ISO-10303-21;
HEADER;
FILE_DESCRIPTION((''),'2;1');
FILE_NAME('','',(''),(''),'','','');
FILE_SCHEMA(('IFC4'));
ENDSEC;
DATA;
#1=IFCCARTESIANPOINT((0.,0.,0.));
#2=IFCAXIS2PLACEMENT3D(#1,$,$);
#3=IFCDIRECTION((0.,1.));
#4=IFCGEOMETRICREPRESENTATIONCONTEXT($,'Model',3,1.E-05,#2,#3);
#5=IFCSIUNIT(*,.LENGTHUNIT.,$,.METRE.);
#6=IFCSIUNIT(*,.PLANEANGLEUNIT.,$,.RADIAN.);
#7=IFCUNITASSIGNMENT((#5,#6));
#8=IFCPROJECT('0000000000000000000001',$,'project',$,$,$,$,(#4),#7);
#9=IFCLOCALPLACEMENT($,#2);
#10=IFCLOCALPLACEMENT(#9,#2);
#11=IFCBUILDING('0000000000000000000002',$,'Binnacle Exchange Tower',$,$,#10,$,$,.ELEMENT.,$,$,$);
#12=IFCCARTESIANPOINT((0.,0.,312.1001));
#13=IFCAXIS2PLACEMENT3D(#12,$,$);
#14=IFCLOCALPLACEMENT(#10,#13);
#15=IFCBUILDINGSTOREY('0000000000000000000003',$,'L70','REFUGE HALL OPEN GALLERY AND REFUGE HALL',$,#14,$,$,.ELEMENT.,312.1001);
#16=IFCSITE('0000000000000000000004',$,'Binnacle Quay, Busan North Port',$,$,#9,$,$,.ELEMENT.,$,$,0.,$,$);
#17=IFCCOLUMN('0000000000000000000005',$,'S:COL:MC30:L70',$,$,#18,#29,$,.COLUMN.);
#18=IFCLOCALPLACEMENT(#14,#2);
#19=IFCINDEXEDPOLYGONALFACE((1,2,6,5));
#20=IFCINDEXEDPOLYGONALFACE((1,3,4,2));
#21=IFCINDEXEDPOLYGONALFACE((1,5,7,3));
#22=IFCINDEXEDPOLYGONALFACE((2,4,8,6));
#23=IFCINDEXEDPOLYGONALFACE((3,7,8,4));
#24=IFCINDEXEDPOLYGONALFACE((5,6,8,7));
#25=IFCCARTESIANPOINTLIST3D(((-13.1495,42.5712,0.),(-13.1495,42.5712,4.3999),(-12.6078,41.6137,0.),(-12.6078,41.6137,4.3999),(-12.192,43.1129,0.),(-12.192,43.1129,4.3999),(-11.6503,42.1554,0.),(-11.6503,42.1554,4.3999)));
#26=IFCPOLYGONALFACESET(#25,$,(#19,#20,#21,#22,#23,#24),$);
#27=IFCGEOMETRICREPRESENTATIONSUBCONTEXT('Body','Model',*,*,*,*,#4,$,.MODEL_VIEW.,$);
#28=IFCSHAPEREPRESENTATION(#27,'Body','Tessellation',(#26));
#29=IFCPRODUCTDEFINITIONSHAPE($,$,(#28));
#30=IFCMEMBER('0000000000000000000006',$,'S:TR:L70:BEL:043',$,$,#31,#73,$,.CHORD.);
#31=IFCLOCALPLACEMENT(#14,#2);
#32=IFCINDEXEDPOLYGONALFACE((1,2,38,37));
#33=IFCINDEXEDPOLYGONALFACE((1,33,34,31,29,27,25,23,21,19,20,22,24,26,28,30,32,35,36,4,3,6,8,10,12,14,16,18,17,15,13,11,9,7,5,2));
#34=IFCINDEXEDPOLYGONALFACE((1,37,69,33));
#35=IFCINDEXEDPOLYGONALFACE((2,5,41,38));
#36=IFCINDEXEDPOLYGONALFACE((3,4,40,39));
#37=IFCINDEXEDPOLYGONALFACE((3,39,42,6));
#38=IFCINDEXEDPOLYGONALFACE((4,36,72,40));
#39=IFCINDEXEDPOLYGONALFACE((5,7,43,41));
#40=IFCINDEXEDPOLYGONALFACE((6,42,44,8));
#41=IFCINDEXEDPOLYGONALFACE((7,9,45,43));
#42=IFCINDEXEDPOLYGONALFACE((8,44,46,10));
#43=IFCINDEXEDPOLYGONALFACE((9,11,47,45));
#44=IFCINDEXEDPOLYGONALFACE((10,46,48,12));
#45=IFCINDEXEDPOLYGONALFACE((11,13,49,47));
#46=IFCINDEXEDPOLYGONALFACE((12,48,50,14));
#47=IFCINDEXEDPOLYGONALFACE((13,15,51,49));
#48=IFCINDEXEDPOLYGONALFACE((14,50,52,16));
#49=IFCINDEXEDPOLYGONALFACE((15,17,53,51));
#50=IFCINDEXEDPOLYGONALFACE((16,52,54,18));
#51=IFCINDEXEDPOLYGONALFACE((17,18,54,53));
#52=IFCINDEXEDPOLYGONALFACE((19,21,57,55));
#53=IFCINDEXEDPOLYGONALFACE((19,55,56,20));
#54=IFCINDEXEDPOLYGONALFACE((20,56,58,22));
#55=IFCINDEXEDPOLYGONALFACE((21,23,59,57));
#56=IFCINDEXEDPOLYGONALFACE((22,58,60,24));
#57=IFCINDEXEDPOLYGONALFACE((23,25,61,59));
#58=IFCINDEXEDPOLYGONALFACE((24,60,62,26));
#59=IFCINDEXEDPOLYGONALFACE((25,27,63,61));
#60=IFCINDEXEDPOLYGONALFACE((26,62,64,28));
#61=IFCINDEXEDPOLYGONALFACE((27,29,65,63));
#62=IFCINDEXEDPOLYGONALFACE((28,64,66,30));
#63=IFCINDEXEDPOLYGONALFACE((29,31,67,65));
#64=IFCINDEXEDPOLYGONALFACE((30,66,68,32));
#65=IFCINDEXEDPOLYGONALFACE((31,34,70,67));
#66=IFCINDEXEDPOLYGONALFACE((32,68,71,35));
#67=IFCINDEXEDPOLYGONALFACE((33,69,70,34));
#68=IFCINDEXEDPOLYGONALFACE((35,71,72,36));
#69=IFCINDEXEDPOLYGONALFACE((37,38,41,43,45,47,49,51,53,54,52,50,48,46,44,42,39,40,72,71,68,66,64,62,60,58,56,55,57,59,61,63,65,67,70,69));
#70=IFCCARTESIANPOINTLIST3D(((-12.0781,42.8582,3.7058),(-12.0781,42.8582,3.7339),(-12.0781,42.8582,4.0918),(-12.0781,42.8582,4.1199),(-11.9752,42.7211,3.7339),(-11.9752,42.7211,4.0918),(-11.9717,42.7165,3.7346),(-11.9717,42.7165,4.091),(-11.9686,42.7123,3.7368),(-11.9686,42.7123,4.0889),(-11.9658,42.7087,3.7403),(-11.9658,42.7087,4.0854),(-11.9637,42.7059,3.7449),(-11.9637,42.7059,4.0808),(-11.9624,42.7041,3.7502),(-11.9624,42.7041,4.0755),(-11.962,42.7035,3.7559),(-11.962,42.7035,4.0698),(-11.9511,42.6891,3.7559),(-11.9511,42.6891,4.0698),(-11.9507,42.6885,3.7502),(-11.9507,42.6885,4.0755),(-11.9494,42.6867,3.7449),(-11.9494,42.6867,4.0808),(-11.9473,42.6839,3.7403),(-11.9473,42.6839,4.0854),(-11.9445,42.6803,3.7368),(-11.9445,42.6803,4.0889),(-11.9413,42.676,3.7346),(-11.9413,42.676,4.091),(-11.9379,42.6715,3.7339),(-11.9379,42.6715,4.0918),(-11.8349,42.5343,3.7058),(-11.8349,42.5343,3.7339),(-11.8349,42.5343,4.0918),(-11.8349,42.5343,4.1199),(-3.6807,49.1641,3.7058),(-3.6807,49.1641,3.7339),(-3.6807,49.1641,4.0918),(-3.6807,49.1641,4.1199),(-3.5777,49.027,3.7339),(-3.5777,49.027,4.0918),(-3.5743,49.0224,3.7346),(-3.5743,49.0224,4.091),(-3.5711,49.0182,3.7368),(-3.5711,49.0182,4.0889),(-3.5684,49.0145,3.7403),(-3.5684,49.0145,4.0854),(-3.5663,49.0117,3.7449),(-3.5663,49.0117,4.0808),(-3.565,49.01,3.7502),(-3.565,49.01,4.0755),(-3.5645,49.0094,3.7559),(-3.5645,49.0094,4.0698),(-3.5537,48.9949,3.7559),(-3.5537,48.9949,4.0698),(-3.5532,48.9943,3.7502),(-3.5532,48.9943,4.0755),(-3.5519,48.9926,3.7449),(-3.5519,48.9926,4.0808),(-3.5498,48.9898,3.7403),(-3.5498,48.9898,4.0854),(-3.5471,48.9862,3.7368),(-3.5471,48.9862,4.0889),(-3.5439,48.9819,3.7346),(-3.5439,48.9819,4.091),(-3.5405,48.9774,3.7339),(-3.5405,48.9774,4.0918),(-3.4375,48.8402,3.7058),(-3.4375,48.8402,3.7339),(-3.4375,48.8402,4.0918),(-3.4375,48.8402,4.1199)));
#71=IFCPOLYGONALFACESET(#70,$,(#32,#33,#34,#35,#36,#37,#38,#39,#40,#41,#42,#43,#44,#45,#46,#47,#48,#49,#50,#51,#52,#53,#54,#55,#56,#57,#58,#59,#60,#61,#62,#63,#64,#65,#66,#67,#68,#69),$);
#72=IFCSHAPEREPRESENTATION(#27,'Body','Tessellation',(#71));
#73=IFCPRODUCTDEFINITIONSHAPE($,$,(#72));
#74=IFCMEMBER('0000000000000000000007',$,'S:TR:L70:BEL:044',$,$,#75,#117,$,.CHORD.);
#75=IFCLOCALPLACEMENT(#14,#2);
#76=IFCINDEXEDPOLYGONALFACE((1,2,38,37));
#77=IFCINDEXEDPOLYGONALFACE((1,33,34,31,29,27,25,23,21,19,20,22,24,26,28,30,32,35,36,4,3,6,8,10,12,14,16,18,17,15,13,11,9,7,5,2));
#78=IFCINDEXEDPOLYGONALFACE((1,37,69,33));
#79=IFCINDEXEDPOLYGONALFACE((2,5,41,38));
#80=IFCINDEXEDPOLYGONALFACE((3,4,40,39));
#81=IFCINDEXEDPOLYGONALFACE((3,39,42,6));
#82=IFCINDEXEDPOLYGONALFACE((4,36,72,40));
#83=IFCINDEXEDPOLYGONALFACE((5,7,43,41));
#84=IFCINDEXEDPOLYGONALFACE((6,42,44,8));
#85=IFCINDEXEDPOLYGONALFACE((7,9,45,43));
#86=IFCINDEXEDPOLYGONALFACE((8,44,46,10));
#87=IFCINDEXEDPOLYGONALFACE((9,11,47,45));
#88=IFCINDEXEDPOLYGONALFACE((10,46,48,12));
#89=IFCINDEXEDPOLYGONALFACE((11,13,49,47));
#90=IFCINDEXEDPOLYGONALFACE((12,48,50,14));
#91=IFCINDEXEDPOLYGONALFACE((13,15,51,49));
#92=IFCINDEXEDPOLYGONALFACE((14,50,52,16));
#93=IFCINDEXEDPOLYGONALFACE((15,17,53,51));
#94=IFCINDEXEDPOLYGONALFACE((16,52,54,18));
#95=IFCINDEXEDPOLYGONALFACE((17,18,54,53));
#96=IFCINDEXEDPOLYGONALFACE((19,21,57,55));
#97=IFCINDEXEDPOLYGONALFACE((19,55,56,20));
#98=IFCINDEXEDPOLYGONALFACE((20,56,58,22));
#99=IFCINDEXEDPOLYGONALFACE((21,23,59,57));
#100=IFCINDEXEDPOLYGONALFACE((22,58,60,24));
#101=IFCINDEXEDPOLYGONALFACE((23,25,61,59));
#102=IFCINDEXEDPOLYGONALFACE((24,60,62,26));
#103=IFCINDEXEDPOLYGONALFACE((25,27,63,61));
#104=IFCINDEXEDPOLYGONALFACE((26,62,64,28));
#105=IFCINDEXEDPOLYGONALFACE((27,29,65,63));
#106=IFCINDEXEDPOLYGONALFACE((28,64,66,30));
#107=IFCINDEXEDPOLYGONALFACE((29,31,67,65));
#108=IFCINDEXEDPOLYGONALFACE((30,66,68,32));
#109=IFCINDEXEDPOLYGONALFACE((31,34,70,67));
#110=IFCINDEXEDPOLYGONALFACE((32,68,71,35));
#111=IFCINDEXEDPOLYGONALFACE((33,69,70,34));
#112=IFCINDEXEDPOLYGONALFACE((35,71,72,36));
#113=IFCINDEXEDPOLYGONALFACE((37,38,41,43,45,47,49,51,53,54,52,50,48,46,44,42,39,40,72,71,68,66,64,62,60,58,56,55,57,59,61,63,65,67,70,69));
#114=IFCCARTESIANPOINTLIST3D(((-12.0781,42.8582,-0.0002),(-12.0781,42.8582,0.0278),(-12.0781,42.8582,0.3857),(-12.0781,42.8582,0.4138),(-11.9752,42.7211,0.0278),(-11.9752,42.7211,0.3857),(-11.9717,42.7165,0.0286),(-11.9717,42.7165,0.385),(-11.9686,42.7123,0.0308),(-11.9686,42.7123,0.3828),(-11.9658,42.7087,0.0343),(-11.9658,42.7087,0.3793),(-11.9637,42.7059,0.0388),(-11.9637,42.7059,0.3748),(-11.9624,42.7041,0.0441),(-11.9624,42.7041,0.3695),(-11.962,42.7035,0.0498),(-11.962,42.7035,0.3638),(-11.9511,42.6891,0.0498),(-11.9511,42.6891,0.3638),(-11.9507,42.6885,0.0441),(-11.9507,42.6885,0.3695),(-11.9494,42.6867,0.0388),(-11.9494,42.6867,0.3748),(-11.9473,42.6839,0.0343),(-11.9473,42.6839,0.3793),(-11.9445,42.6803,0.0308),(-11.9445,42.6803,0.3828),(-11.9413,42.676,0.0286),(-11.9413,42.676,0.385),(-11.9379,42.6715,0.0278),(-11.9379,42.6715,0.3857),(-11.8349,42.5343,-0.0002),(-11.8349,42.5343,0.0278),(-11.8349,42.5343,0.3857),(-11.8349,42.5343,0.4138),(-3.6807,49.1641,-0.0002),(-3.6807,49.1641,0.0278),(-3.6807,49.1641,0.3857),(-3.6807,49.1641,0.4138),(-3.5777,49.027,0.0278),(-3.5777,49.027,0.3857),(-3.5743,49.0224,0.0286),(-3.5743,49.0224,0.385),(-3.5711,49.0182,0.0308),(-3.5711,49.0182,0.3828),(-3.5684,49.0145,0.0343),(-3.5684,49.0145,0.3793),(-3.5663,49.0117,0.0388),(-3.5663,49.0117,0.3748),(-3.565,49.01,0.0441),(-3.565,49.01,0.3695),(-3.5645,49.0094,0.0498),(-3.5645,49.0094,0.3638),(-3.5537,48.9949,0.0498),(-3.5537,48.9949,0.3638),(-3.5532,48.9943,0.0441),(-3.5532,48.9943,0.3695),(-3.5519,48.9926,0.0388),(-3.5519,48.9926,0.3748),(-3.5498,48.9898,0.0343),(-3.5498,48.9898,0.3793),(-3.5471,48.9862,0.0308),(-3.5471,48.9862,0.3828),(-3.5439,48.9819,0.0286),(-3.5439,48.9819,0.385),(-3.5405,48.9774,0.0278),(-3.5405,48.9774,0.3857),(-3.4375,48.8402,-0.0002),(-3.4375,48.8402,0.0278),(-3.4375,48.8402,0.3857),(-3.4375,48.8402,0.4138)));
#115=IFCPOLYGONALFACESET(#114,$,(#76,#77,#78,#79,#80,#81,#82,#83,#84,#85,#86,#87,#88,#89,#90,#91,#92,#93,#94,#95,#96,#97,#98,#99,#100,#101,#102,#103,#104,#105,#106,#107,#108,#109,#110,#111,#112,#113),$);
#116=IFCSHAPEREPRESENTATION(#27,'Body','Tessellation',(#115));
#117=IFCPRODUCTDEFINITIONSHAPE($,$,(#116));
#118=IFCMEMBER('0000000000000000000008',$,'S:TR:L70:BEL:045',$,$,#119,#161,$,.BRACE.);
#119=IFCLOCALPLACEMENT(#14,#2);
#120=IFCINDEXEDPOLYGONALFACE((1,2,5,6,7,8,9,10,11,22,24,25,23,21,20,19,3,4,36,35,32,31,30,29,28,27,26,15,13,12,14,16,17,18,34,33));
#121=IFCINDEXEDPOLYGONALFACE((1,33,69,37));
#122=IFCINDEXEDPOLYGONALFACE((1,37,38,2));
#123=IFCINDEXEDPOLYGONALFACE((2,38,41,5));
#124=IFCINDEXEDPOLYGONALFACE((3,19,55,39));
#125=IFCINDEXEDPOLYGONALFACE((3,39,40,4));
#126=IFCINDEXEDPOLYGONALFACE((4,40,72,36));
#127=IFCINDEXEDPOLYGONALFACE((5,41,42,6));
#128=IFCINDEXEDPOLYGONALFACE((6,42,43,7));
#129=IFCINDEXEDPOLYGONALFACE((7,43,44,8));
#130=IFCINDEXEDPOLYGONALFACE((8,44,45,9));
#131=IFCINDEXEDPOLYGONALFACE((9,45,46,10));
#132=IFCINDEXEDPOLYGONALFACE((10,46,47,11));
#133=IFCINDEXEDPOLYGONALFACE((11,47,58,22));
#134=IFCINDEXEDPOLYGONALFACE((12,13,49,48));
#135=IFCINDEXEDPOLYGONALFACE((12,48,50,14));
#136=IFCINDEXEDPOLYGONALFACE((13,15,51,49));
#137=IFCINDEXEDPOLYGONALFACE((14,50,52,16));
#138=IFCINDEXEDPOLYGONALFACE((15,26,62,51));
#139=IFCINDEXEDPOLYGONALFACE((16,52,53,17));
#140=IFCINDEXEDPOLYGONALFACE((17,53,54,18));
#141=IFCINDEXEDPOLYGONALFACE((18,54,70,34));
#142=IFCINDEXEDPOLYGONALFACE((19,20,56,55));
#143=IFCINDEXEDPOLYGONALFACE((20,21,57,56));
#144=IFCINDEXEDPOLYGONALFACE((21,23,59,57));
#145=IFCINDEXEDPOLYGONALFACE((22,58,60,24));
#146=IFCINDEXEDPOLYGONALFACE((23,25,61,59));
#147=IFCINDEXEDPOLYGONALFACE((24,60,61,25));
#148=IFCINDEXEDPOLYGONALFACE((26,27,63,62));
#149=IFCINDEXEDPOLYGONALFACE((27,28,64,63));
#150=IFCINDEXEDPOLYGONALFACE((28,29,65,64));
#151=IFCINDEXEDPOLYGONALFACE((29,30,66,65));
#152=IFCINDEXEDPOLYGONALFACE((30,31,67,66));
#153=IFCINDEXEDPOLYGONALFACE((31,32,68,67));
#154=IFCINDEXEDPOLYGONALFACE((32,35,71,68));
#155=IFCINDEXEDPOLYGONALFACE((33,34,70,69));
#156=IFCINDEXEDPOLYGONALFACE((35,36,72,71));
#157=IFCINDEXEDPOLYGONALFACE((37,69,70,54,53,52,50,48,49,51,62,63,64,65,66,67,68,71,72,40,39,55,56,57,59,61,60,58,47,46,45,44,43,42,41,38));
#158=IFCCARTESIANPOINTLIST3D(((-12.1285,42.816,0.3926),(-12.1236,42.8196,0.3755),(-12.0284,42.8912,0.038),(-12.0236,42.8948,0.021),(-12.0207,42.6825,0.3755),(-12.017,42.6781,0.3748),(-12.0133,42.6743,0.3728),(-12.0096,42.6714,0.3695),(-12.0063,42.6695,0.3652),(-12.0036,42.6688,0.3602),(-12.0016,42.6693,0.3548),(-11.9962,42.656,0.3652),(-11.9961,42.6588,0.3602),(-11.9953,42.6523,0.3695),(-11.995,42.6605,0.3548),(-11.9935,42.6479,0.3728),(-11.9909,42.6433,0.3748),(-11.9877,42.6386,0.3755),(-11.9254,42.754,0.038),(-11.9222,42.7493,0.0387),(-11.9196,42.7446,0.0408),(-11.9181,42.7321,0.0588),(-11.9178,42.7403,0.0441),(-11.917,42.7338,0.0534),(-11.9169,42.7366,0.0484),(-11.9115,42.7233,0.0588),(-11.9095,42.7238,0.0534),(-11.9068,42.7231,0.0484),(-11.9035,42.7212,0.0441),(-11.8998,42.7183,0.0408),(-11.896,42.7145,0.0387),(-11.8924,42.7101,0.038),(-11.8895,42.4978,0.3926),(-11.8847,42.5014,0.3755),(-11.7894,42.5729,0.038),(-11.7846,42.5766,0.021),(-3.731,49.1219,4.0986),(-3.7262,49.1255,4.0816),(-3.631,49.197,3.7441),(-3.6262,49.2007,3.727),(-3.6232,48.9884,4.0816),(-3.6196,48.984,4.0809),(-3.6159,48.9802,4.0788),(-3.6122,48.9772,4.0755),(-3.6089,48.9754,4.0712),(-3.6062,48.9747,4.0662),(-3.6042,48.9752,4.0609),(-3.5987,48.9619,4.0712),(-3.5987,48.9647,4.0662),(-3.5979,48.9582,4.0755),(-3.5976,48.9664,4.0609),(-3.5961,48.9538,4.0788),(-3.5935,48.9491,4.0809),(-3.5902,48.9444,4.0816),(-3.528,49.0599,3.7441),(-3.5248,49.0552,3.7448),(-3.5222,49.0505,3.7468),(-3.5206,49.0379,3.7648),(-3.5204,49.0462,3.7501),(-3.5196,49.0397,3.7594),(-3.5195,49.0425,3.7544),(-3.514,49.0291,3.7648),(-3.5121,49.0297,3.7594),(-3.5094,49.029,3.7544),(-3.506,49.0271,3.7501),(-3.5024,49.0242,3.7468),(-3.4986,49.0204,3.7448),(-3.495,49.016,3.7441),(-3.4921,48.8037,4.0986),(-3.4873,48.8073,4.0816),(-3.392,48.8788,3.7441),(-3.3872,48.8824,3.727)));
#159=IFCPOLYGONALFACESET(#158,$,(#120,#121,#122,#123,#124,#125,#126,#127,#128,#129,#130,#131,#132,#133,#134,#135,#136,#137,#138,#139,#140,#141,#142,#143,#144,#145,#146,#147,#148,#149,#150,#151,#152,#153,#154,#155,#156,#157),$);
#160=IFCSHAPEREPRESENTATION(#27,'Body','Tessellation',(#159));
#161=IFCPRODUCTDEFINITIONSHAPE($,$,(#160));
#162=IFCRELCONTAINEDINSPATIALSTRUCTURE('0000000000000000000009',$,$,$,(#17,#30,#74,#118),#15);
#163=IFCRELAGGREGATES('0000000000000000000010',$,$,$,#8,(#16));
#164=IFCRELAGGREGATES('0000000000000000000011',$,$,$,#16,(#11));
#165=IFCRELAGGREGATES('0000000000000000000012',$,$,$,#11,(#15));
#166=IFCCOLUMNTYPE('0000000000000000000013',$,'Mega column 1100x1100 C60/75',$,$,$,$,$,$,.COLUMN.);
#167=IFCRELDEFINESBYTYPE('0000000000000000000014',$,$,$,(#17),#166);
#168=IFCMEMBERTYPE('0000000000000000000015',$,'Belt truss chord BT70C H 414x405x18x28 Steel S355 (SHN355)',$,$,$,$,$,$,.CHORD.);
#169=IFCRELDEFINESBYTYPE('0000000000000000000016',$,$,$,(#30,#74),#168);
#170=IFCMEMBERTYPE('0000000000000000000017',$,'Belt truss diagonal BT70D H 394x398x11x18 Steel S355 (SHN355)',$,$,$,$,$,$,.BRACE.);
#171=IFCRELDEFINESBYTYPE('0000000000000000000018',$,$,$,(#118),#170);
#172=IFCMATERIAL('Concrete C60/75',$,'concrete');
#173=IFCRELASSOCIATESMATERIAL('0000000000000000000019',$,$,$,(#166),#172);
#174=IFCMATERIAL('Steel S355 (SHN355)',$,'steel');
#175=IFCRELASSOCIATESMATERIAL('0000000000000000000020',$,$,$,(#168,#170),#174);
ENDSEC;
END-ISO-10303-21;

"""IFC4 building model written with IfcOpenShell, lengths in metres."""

from ifc_helpers import new_model, si_unit, direction, frame, origin, origin_2d, place, context, subcontext, project, spatial, rectangle, i_section, extrude, material, material_profile, profile_set, type_object, element, save


model = new_model("IFC4")

# Units and contexts
model_context = context("Model", 3, precision=1e-05, world=origin(), true_north=direction((0.0, 1.0)))
body_context = subcontext(model_context, "Body", "Model", "MODEL_VIEW")
ifc_project = project(units=[si_unit("LENGTHUNIT", "METRE"), si_unit("PLANEANGLEUNIT", "RADIAN")], contexts=[model_context])

# Site, building, storey
site_placement = place(None, origin())
site = spatial("IfcSite", under=ifc_project, at=site_placement, Name="Binnacle Quay, Busan North Port", CompositionType="ELEMENT", RefElevation=0.0)
building_placement = place(site_placement, origin())
building = spatial("IfcBuilding", under=site, at=building_placement, Name="Binnacle Exchange Tower", CompositionType="ELEMENT")
storey_placement = place(building_placement, frame((0.0, 0.0, 312.1001)))
storey = spatial("IfcBuildingStorey", under=building, at=storey_placement, Name="L70", Description="REFUGE HALL OPEN GALLERY AND REFUGE HALL", CompositionType="ELEMENT", Elevation=312.1001)

# Column
ifc_material_1 = material(Name="Concrete C60/75", Category="concrete")
ifc_material_profile_1 = material_profile(ifc_material_1, rectangle(XDim=1.1001, YDim=1.1001, at=origin_2d()), Name="Mega column 1100x1100 C60/75")
ifc_profile_set_1 = profile_set([ifc_material_profile_1], Name="Concrete C60/75")
column_type = type_object("IfcColumnType", Name="Mega column 1100x1100 C60/75", PredefinedType="COLUMN", material=ifc_profile_set_1)
column_placement = place(storey_placement, frame((-12.3999, 42.3633, 0.0), z_axis=(0.0, 0.0, 1.0), x_axis=(0.870356, 0.492424, 0.0)))
element("IfcColumn", 1, at=column_placement, inside=storey, type_object=column_type, Name="S:COL:MC30:L70", PredefinedType="COLUMN", context=body_context, shape_type="SweptSolid", body=[
    extrude(rectangle(XDim=1.1001, YDim=1.1001, at=origin_2d()), origin(), (0.0, 0.0, 1.0), 4.3999),
])

# Members
ifc_material_2 = material(Name="Steel S355 (SHN355)", Category="steel")
ifc_material_profile_2 = material_profile(ifc_material_2, i_section(OverallWidth=0.405, OverallDepth=0.4141, WebThickness=0.0181, FlangeThickness=0.0281, FilletRadius=0.022, at=origin_2d()), Name="H 414x405x18x28")
ifc_profile_set_2 = profile_set([ifc_material_profile_2], Name="Steel S355 (SHN355)")
member_type_1 = type_object("IfcMemberType", Name="Belt truss chord BT70C H 414x405x18x28 Steel S355 (SHN355)", PredefinedType="CHORD", material=ifc_profile_set_2)
for number, where, z_axis, x_axis, name in (
    (2, (-11.9565, 42.6963, 3.9128), (0.799643, 0.600476, 0.0), (-0.600476, 0.799643, 0.0), "S:TR:L70:BEL:043"),
    (3, (-11.9565, 42.6963, 0.2068), (0.799643, 0.600476, 0.0), (-0.600476, 0.799643, 0.0), "S:TR:L70:BEL:044"),
):
    element("IfcMember", number, at=place(storey_placement, frame(where, z_axis=z_axis, x_axis=x_axis)), inside=storey, type_object=member_type_1, Name=name, PredefinedType="CHORD", context=body_context, shape_type="SweptSolid", body=[
        extrude(i_section(OverallWidth=0.405, OverallDepth=0.4141, WebThickness=0.0181, FlangeThickness=0.0281, FilletRadius=0.022, at=origin_2d()), origin(), (0.0, 0.0, 1.0), 10.5015),
    ])
ifc_material_profile_3 = material_profile(ifc_material_2, i_section(OverallWidth=0.3979, OverallDepth=0.394, WebThickness=0.011, FlangeThickness=0.0181, FilletRadius=0.022, at=origin_2d()), Name="H 394x398x11x18")
ifc_profile_set_3 = profile_set([ifc_material_profile_3], Name="Steel S355 (SHN355)")
member_type_2 = type_object("IfcMemberType", Name="Belt truss diagonal BT70D H 394x398x11x18 Steel S355 (SHN355)", PredefinedType="BRACE", material=ifc_profile_set_3)
member_1_placement = place(storey_placement, frame((-11.9565, 42.6963, 0.2068), z_axis=(0.754064, 0.566249, 0.332791), x_axis=(-0.600476, 0.799643, 0.0)))
element("IfcMember", 4, at=member_1_placement, inside=storey, type_object=member_type_2, Name="S:TR:L70:BEL:045", PredefinedType="BRACE", context=body_context, shape_type="SweptSolid", body=[
    extrude(i_section(OverallWidth=0.3979, OverallDepth=0.394, WebThickness=0.011, FlangeThickness=0.0181, FilletRadius=0.022, at=origin_2d()), origin(), (0.0, 0.0, 1.0), 11.1362),
])

save(model, "model.ifc")
